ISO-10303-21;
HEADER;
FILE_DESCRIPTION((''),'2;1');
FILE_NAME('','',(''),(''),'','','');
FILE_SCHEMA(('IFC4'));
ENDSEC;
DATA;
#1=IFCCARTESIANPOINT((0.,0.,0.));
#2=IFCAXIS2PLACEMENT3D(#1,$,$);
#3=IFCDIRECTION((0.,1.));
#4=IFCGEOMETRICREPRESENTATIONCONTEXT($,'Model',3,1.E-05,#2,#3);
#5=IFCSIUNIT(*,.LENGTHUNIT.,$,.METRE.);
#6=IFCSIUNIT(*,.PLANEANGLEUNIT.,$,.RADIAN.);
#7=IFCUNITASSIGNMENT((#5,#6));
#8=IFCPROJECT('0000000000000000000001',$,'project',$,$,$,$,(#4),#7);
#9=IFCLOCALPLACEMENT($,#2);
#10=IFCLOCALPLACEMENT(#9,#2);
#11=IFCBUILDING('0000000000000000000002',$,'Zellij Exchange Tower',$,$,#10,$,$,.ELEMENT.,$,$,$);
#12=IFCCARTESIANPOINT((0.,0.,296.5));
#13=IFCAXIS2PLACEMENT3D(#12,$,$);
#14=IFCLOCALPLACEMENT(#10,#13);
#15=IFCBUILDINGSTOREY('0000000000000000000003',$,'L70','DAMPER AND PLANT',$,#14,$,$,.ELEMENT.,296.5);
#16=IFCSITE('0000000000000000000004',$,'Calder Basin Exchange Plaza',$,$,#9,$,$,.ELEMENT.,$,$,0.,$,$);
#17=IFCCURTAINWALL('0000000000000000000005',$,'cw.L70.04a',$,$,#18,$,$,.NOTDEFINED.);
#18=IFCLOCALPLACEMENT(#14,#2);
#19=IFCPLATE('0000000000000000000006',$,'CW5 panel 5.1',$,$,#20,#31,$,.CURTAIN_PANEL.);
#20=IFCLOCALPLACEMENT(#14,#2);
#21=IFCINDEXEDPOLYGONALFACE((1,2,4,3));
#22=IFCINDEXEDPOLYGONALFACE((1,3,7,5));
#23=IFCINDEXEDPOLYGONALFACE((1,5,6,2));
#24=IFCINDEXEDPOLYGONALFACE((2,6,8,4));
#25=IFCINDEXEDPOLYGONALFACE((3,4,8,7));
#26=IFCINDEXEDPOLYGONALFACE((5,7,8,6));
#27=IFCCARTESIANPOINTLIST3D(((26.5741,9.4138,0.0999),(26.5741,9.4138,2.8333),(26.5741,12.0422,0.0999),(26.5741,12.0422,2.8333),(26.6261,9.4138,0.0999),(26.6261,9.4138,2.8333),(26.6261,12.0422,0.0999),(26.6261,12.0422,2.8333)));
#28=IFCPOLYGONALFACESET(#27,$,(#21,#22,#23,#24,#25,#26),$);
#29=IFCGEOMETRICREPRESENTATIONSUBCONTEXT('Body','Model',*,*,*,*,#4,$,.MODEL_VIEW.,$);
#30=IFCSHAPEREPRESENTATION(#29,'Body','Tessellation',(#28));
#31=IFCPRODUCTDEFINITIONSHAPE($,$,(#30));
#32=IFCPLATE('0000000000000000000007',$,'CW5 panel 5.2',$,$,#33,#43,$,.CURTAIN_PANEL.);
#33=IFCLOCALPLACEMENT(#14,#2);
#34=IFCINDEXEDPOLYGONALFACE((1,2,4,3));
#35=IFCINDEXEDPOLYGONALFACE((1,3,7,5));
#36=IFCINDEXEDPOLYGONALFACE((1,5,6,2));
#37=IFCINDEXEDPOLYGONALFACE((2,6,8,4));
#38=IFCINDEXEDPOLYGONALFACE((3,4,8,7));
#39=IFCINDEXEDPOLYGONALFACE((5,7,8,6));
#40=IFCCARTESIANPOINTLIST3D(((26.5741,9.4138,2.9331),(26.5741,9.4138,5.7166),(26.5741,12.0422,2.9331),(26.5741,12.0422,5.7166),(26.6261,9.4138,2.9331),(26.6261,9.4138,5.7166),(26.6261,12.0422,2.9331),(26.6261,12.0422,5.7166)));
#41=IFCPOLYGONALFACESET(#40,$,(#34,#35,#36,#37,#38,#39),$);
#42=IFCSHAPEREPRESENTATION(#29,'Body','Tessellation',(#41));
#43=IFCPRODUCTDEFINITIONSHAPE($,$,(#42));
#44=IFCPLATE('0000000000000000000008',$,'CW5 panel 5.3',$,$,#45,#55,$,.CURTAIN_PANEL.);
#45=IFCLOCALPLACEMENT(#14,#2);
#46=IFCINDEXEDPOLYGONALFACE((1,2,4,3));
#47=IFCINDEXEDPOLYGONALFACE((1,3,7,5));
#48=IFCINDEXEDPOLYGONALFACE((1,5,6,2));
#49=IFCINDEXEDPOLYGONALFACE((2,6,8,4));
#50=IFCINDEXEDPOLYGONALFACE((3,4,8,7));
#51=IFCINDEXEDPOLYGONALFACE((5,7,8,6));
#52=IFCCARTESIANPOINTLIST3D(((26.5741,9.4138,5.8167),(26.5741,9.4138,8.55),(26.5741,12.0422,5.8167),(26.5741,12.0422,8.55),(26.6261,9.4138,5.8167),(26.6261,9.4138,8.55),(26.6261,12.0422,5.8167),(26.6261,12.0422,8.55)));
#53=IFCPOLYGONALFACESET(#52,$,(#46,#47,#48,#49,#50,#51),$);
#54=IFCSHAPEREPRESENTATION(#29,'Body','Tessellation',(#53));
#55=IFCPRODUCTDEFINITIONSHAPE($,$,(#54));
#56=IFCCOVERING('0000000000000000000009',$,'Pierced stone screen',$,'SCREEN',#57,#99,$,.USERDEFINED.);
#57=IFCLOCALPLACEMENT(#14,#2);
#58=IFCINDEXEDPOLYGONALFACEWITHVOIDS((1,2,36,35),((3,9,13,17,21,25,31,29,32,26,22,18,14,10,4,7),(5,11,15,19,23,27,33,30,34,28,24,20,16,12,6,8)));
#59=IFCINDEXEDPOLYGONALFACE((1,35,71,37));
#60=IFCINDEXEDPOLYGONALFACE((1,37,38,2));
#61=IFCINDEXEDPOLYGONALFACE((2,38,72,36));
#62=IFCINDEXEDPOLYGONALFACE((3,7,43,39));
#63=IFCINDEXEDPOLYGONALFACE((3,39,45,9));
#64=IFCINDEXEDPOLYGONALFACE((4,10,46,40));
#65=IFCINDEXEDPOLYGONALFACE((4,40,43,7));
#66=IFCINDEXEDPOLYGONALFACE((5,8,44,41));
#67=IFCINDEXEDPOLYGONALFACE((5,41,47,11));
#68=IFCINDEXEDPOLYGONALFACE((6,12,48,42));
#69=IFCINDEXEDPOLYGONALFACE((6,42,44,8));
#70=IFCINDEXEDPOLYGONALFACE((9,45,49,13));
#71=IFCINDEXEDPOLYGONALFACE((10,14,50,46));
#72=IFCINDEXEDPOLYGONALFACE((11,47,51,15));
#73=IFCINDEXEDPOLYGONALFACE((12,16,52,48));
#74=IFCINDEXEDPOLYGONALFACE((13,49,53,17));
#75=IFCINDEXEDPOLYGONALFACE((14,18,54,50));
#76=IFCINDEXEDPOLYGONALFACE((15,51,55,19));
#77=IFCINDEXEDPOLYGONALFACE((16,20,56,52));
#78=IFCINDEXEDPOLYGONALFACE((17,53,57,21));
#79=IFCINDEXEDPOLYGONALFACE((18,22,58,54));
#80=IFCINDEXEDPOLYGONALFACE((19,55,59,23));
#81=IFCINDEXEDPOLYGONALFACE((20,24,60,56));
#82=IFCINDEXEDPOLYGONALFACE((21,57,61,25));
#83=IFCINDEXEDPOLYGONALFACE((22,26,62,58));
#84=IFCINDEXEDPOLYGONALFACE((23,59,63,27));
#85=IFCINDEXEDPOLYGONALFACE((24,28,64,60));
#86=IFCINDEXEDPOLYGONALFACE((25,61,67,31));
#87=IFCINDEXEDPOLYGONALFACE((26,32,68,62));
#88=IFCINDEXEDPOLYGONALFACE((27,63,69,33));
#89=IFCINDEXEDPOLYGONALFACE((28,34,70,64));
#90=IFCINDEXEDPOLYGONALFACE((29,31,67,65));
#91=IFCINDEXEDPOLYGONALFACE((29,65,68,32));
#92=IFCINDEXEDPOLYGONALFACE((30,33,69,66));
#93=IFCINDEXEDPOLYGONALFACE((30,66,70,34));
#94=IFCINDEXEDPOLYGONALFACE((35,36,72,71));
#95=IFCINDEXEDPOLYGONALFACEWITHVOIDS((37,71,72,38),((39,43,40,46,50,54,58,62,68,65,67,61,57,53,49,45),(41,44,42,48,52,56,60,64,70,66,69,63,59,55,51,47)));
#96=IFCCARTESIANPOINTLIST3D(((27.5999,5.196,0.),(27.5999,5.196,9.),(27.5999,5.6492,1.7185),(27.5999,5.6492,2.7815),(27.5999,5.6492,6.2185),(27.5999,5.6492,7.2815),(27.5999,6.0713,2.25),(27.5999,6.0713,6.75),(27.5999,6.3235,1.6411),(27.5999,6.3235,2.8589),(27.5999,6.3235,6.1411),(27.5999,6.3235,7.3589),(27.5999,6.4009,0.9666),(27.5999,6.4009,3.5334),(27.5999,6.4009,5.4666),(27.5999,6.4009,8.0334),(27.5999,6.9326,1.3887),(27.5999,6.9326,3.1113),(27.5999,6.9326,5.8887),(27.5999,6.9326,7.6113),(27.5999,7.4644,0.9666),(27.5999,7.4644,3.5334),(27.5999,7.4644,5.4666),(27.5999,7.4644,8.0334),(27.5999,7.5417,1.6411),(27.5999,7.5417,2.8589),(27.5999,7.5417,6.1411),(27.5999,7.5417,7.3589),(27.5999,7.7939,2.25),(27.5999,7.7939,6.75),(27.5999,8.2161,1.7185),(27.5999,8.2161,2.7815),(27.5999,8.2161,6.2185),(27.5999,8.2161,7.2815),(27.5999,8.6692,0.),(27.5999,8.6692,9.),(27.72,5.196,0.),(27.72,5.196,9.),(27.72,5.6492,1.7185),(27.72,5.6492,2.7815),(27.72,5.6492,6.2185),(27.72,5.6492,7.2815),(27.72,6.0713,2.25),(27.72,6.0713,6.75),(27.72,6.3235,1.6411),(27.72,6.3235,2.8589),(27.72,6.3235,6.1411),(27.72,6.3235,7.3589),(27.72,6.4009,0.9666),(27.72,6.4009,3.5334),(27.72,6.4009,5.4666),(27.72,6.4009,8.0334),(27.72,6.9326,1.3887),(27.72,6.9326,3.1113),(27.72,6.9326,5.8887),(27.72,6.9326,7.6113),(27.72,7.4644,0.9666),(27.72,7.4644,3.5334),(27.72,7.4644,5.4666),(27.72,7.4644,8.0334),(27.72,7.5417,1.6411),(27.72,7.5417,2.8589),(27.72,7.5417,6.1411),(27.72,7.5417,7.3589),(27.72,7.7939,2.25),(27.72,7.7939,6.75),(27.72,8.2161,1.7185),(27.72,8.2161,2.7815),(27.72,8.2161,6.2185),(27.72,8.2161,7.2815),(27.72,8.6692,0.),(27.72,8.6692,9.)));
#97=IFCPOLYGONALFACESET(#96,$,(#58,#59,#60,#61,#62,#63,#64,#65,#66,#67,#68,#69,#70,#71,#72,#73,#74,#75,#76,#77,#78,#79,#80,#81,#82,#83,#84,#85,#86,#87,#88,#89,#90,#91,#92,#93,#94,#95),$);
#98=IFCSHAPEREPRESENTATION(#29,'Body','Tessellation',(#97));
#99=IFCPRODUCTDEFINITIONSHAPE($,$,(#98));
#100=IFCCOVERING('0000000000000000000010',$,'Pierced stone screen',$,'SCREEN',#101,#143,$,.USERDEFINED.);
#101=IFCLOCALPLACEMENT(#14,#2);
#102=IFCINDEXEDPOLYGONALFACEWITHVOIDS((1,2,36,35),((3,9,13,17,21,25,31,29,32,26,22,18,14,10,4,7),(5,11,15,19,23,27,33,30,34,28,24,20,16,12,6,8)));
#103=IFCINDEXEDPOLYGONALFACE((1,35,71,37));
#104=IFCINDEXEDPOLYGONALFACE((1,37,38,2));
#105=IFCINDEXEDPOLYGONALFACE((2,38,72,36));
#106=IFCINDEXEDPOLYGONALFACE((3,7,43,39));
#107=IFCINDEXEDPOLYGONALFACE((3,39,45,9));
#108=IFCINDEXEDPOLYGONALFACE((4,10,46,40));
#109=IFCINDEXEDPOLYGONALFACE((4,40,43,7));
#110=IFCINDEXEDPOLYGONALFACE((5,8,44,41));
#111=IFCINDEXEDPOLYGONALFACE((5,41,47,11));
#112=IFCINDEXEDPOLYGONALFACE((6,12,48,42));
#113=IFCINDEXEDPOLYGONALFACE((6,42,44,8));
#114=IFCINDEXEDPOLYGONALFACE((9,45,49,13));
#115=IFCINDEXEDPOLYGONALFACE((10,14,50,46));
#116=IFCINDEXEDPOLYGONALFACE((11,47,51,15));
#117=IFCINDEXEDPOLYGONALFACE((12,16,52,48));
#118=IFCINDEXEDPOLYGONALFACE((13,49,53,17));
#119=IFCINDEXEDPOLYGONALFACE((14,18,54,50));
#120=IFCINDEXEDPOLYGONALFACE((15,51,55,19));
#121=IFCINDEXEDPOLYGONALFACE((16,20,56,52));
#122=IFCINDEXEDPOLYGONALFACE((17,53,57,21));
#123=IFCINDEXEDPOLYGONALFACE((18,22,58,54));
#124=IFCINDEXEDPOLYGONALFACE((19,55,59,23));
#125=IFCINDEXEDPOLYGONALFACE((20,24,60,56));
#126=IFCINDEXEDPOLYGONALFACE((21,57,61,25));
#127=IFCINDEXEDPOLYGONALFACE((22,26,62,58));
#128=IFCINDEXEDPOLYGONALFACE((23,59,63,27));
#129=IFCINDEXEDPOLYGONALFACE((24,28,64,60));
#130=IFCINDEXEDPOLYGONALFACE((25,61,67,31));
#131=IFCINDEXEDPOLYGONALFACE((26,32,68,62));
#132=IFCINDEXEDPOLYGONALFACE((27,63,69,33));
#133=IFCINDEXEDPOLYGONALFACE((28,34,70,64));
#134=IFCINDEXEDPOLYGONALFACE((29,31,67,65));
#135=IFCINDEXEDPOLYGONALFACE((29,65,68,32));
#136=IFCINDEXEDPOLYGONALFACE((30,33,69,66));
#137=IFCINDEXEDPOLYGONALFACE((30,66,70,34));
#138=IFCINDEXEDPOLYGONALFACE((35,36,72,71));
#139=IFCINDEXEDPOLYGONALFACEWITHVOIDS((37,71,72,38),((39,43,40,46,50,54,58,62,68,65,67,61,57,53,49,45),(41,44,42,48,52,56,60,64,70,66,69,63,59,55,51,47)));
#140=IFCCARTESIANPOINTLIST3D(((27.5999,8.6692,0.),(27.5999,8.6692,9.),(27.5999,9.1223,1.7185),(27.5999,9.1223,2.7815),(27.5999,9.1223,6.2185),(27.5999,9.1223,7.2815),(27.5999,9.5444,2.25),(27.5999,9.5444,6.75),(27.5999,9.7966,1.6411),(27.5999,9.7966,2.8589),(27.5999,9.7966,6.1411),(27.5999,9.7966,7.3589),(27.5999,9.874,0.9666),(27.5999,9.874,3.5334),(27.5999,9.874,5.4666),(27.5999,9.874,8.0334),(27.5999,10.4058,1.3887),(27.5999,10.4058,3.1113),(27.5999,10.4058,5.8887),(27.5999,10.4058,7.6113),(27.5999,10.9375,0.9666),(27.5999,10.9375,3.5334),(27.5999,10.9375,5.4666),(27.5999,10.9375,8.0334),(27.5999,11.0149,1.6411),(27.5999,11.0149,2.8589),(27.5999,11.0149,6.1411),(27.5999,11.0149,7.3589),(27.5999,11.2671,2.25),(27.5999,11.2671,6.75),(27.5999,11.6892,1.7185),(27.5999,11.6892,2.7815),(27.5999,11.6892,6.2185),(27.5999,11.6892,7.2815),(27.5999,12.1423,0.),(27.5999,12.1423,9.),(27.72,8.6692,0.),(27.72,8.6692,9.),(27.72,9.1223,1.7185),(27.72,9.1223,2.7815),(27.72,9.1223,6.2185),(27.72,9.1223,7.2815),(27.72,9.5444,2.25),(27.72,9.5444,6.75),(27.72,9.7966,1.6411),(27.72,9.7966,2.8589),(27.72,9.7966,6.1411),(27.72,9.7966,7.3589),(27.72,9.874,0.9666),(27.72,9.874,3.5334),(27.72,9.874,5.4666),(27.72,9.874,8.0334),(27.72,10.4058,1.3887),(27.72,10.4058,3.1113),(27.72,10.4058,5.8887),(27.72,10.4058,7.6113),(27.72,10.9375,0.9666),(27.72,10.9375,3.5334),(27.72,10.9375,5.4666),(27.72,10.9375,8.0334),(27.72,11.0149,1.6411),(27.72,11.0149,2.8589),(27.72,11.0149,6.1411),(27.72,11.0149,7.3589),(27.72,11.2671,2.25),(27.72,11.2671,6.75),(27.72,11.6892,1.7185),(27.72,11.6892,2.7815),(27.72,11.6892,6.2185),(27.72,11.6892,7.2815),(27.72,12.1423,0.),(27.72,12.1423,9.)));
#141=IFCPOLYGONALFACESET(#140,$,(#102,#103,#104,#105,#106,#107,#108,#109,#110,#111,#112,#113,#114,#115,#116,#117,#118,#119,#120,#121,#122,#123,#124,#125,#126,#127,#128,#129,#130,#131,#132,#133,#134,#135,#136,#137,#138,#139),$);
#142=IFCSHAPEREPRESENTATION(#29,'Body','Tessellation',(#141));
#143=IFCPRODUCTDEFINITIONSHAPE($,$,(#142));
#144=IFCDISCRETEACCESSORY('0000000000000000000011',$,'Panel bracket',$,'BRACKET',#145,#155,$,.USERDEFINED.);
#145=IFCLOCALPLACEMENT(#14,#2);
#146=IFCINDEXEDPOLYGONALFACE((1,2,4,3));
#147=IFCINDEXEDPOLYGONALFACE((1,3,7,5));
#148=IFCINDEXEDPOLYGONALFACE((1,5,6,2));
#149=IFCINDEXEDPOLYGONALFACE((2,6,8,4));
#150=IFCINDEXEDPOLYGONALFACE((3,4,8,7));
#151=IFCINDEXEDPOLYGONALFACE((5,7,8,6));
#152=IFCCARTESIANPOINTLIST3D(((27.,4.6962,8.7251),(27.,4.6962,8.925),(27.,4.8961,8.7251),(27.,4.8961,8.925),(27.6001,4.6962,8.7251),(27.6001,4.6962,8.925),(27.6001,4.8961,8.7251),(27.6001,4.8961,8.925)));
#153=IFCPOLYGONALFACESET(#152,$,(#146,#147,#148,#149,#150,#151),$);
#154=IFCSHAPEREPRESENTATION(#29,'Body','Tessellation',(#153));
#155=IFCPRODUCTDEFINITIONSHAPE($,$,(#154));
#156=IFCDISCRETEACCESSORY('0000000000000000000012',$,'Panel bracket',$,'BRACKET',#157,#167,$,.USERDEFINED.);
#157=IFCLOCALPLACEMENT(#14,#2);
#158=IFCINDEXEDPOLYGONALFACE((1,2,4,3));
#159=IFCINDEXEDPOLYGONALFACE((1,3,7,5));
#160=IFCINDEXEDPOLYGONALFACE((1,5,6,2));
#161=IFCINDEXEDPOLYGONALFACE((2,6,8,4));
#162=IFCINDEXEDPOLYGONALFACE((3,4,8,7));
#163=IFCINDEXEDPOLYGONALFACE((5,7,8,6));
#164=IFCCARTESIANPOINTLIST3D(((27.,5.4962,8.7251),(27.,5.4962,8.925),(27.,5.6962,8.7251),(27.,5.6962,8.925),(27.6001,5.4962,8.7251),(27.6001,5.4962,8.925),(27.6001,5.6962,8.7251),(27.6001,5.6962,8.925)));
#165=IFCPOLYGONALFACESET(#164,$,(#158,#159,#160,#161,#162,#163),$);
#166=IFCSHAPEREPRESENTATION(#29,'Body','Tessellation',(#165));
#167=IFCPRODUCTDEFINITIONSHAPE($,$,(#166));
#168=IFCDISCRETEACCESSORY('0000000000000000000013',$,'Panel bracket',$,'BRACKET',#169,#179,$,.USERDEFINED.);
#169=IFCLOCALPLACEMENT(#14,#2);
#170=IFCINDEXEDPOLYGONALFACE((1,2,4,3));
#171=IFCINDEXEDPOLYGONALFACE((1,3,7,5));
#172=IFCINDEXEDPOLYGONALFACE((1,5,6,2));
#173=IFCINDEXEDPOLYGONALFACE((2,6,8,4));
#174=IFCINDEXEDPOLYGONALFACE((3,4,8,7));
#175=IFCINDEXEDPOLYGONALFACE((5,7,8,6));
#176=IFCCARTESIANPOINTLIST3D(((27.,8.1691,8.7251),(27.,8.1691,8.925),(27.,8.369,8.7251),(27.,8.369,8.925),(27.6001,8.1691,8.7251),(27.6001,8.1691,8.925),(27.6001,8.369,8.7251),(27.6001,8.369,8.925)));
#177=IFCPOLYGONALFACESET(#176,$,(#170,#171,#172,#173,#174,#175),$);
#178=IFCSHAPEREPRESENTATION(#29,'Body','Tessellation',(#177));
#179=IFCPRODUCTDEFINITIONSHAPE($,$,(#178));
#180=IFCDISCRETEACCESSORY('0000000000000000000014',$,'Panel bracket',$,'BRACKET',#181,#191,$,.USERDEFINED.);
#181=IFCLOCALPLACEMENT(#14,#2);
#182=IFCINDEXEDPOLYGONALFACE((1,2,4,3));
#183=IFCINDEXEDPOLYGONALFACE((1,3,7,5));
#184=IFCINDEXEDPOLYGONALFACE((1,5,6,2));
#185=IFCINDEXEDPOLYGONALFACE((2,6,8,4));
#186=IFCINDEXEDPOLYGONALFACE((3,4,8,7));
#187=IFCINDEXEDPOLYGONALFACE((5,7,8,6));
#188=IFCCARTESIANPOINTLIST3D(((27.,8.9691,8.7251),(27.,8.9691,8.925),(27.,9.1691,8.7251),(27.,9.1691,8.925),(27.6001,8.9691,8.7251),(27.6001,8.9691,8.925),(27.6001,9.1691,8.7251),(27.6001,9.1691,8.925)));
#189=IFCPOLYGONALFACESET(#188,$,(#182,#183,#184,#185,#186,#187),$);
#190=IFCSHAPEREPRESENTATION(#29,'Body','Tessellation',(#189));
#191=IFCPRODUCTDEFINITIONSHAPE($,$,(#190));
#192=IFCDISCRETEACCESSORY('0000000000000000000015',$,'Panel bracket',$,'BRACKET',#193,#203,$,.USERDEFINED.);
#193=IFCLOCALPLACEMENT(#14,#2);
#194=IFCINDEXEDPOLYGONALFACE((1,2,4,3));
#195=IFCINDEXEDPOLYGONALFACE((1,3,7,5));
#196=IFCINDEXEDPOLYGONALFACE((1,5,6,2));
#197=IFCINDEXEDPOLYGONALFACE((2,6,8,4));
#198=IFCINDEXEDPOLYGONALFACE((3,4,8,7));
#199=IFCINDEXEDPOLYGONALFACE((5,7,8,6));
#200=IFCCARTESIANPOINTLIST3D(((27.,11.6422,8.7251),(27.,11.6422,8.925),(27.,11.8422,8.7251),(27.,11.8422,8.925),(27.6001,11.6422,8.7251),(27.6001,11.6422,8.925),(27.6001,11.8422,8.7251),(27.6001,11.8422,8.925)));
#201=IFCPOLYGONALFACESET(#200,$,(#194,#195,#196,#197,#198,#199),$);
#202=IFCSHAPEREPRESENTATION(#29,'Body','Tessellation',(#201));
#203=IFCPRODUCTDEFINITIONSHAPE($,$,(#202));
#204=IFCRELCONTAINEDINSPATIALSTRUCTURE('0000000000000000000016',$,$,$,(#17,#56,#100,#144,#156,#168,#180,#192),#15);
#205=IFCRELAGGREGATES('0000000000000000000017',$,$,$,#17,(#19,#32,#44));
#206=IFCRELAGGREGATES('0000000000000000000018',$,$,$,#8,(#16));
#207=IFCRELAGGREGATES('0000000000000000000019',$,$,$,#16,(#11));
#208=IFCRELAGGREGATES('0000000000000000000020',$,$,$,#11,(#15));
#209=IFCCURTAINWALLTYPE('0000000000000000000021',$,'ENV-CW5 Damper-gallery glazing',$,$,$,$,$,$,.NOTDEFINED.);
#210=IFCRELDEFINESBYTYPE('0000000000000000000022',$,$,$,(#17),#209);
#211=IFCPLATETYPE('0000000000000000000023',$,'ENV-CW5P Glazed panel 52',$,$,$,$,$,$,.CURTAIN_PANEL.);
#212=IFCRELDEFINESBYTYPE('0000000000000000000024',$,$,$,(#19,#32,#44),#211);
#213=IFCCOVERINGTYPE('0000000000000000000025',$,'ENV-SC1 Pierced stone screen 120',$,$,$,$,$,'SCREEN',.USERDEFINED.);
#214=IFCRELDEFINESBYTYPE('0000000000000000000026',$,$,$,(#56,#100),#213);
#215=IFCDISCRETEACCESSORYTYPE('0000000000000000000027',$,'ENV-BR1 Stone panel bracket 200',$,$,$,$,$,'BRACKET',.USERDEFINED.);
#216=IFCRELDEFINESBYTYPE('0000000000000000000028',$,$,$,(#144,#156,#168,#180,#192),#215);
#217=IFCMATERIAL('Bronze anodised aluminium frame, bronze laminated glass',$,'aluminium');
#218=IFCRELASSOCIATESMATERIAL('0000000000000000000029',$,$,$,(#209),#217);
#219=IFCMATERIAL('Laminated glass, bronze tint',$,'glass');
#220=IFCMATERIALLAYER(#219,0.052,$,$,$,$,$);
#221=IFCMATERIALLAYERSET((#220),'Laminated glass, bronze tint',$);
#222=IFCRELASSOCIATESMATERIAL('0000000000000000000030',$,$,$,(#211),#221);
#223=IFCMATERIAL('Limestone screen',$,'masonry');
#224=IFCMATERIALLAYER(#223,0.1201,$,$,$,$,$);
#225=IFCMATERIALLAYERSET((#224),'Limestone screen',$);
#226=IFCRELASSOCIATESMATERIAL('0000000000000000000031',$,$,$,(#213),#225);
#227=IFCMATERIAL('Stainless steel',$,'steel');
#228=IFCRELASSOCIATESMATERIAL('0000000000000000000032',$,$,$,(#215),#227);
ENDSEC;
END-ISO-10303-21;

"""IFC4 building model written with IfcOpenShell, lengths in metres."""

from ifc_helpers import new_model, si_unit, direction, frame, origin, origin_2d, place, context, subcontext, project, spatial, polyline, rectangle, outline, extrude, material, layer, layer_set, type_object, element, aggregate, save


model = new_model("IFC4")

# Units and contexts
model_context = context("Model", 3, precision=1e-05, world=origin(), true_north=direction((0.0, 1.0)))
body_context = subcontext(model_context, "Body", "Model", "MODEL_VIEW")
ifc_project = project(units=[si_unit("LENGTHUNIT", "METRE"), si_unit("PLANEANGLEUNIT", "RADIAN")], contexts=[model_context])

# Site, building, storey
site_placement = place(None, origin())
site = spatial("IfcSite", under=ifc_project, at=site_placement, Name="Calder Basin Exchange Plaza", CompositionType="ELEMENT", RefElevation=0.0)
building_placement = place(site_placement, origin())
building = spatial("IfcBuilding", under=site, at=building_placement, Name="Zellij Exchange Tower", CompositionType="ELEMENT")
storey_placement = place(building_placement, frame((0.0, 0.0, 296.5)))
storey = spatial("IfcBuildingStorey", under=building, at=storey_placement, Name="L70", Description="DAMPER AND PLANT", CompositionType="ELEMENT", Elevation=296.5)

# Curtain wall
ifc_material_1 = material(Name="Bronze anodised aluminium frame, bronze laminated glass", Category="aluminium")
curtain_wall_type = type_object("IfcCurtainWallType", Name="ENV-CW5 Damper-gallery glazing", PredefinedType="NOTDEFINED", material=ifc_material_1)
curtain_wall_placement = place(storey_placement, origin())
curtain_wall = element("IfcCurtainWall", 1, at=curtain_wall_placement, inside=storey, type_object=curtain_wall_type, Name="cw.L70.04a", PredefinedType="NOTDEFINED")

# Plates
ifc_material_2 = material(Name="Laminated glass, bronze tint", Category="glass")
ifc_layer_1 = layer(ifc_material_2, 0.052)
ifc_layer_set_1 = layer_set([ifc_layer_1], Name="Laminated glass, bronze tint")
plate_type = type_object("IfcPlateType", Name="ENV-CW5P Glazed panel 52", PredefinedType="CURTAIN_PANEL", material=ifc_layer_set_1)
plate_1_placement = place(storey_placement, frame((26.6001, 10.728, 0.0999), z_axis=(0.0, 0.0, 1.0), x_axis=(0.0, 1.0, 0.0)))
plate_1 = element("IfcPlate", 2, at=plate_1_placement, type_object=plate_type, Name="CW5 panel 5.1", PredefinedType="CURTAIN_PANEL", context=body_context, shape_type="SweptSolid", body=[
    extrude(rectangle(XDim=2.6284, YDim=0.052, at=origin_2d()), origin(), (0.0, 0.0, 1.0), 2.7334),
])
plate_2_placement = place(storey_placement, frame((26.6001, 10.728, 2.9331), z_axis=(0.0, 0.0, 1.0), x_axis=(0.0, 1.0, 0.0)))
plate_2 = element("IfcPlate", 3, at=plate_2_placement, type_object=plate_type, Name="CW5 panel 5.2", PredefinedType="CURTAIN_PANEL", context=body_context, shape_type="SweptSolid", body=[
    extrude(rectangle(XDim=2.6284, YDim=0.052, at=origin_2d()), origin(), (0.0, 0.0, 1.0), 2.7834),
])
plate_3_placement = place(storey_placement, frame((26.6001, 10.728, 5.8167), z_axis=(0.0, 0.0, 1.0), x_axis=(0.0, 1.0, 0.0)))
plate_3 = element("IfcPlate", 4, at=plate_3_placement, type_object=plate_type, Name="CW5 panel 5.3", PredefinedType="CURTAIN_PANEL", context=body_context, shape_type="SweptSolid", body=[
    extrude(rectangle(XDim=2.6284, YDim=0.052, at=origin_2d()), origin(), (0.0, 0.0, 1.0), 2.7334),
])
aggregate(curtain_wall, [plate_1, plate_2, plate_3])

# Coverings
ifc_material_3 = material(Name="Limestone screen", Category="masonry")
ifc_layer_2 = layer(ifc_material_3, 0.1201)
ifc_layer_set_2 = layer_set([ifc_layer_2], Name="Limestone screen")
covering_type = type_object("IfcCoveringType", Name="ENV-SC1 Pierced stone screen 120", ElementType="SCREEN", PredefinedType="USERDEFINED", material=ifc_layer_set_2)
for number, where, z_axis, x_axis, name in (
    (5, (27.6599, 5.196, 0.0), (0.0, 0.0, 1.0), (0.0, 1.0, 0.0), "Pierced stone screen"),
    (6, (27.6599, 8.6692, 0.0), (0.0, 0.0, 1.0), (0.0, 1.0, 0.0), "Pierced stone screen"),
):
    element("IfcCovering", number, at=place(storey_placement, frame(where, z_axis=z_axis, x_axis=x_axis)), inside=storey, type_object=covering_type, Name=name, ObjectType="SCREEN", PredefinedType="USERDEFINED", context=body_context, shape_type="SweptSolid", body=[
        extrude(outline(polyline([(0.0, 0.0), (3.4731, 0.0), (3.4731, 9.0), (0.0, 9.0), (0.0, 0.0)]), holes=[polyline([(3.02, 2.7815), (2.3457, 2.8589), (2.2683, 3.5334), (1.7366, 3.1113), (1.2048, 3.5334), (1.1274, 2.8589), (0.4531, 2.7815), (0.8752, 2.25), (0.4531, 1.7185), (1.1274, 1.6411), (1.2048, 0.9666), (1.7366, 1.3887), (2.2683, 0.9666), (2.3457, 1.6411), (3.02, 1.7185), (2.5979, 2.25), (3.02, 2.7815)]), polyline([(3.02, 7.2815), (2.3457, 7.3589), (2.2683, 8.0334), (1.7366, 7.6113), (1.2048, 8.0334), (1.1274, 7.3589), (0.4531, 7.2815), (0.8752, 6.75), (0.4531, 6.2185), (1.1274, 6.1411), (1.2048, 5.4666), (1.7366, 5.8887), (2.2683, 5.4666), (2.3457, 6.1411), (3.02, 6.2185), (2.5979, 6.75), (3.02, 7.2815)])]), frame((0.0, 0.0601, 0.0), z_axis=(0.0, -1.0, 0.0), x_axis=(1.0, 0.0, 0.0)), (0.0, 0.0, 1.0), 0.1201),
    ])

# Discrete accessories
ifc_material_4 = material(Name="Stainless steel", Category="steel")
discrete_accessory_type = type_object("IfcDiscreteAccessoryType", Name="ENV-BR1 Stone panel bracket 200", ElementType="BRACKET", PredefinedType="USERDEFINED", material=ifc_material_4)
for number, where, z_axis, x_axis, name in (
    (7, (27.3, 4.7961, 8.7251), (0.0, 0.0, 1.0), (0.0, 1.0, 0.0), "Panel bracket"),
    (8, (27.3, 5.5962, 8.7251), (0.0, 0.0, 1.0), (0.0, 1.0, 0.0), "Panel bracket"),
    (9, (27.3, 8.269, 8.7251), (0.0, 0.0, 1.0), (0.0, 1.0, 0.0), "Panel bracket"),
    (10, (27.3, 9.0691, 8.7251), (0.0, 0.0, 1.0), (0.0, 1.0, 0.0), "Panel bracket"),
    (11, (27.3, 11.7422, 8.7251), (0.0, 0.0, 1.0), (0.0, 1.0, 0.0), "Panel bracket"),
):
    element("IfcDiscreteAccessory", number, at=place(storey_placement, frame(where, z_axis=z_axis, x_axis=x_axis)), inside=storey, type_object=discrete_accessory_type, Name=name, ObjectType="BRACKET", PredefinedType="USERDEFINED", context=body_context, shape_type="SweptSolid", body=[
        extrude(rectangle(XDim=0.2, YDim=0.6001, at=origin_2d()), origin(), (0.0, 0.0, 1.0), 0.2),
    ])

save(model, "model.ifc")
